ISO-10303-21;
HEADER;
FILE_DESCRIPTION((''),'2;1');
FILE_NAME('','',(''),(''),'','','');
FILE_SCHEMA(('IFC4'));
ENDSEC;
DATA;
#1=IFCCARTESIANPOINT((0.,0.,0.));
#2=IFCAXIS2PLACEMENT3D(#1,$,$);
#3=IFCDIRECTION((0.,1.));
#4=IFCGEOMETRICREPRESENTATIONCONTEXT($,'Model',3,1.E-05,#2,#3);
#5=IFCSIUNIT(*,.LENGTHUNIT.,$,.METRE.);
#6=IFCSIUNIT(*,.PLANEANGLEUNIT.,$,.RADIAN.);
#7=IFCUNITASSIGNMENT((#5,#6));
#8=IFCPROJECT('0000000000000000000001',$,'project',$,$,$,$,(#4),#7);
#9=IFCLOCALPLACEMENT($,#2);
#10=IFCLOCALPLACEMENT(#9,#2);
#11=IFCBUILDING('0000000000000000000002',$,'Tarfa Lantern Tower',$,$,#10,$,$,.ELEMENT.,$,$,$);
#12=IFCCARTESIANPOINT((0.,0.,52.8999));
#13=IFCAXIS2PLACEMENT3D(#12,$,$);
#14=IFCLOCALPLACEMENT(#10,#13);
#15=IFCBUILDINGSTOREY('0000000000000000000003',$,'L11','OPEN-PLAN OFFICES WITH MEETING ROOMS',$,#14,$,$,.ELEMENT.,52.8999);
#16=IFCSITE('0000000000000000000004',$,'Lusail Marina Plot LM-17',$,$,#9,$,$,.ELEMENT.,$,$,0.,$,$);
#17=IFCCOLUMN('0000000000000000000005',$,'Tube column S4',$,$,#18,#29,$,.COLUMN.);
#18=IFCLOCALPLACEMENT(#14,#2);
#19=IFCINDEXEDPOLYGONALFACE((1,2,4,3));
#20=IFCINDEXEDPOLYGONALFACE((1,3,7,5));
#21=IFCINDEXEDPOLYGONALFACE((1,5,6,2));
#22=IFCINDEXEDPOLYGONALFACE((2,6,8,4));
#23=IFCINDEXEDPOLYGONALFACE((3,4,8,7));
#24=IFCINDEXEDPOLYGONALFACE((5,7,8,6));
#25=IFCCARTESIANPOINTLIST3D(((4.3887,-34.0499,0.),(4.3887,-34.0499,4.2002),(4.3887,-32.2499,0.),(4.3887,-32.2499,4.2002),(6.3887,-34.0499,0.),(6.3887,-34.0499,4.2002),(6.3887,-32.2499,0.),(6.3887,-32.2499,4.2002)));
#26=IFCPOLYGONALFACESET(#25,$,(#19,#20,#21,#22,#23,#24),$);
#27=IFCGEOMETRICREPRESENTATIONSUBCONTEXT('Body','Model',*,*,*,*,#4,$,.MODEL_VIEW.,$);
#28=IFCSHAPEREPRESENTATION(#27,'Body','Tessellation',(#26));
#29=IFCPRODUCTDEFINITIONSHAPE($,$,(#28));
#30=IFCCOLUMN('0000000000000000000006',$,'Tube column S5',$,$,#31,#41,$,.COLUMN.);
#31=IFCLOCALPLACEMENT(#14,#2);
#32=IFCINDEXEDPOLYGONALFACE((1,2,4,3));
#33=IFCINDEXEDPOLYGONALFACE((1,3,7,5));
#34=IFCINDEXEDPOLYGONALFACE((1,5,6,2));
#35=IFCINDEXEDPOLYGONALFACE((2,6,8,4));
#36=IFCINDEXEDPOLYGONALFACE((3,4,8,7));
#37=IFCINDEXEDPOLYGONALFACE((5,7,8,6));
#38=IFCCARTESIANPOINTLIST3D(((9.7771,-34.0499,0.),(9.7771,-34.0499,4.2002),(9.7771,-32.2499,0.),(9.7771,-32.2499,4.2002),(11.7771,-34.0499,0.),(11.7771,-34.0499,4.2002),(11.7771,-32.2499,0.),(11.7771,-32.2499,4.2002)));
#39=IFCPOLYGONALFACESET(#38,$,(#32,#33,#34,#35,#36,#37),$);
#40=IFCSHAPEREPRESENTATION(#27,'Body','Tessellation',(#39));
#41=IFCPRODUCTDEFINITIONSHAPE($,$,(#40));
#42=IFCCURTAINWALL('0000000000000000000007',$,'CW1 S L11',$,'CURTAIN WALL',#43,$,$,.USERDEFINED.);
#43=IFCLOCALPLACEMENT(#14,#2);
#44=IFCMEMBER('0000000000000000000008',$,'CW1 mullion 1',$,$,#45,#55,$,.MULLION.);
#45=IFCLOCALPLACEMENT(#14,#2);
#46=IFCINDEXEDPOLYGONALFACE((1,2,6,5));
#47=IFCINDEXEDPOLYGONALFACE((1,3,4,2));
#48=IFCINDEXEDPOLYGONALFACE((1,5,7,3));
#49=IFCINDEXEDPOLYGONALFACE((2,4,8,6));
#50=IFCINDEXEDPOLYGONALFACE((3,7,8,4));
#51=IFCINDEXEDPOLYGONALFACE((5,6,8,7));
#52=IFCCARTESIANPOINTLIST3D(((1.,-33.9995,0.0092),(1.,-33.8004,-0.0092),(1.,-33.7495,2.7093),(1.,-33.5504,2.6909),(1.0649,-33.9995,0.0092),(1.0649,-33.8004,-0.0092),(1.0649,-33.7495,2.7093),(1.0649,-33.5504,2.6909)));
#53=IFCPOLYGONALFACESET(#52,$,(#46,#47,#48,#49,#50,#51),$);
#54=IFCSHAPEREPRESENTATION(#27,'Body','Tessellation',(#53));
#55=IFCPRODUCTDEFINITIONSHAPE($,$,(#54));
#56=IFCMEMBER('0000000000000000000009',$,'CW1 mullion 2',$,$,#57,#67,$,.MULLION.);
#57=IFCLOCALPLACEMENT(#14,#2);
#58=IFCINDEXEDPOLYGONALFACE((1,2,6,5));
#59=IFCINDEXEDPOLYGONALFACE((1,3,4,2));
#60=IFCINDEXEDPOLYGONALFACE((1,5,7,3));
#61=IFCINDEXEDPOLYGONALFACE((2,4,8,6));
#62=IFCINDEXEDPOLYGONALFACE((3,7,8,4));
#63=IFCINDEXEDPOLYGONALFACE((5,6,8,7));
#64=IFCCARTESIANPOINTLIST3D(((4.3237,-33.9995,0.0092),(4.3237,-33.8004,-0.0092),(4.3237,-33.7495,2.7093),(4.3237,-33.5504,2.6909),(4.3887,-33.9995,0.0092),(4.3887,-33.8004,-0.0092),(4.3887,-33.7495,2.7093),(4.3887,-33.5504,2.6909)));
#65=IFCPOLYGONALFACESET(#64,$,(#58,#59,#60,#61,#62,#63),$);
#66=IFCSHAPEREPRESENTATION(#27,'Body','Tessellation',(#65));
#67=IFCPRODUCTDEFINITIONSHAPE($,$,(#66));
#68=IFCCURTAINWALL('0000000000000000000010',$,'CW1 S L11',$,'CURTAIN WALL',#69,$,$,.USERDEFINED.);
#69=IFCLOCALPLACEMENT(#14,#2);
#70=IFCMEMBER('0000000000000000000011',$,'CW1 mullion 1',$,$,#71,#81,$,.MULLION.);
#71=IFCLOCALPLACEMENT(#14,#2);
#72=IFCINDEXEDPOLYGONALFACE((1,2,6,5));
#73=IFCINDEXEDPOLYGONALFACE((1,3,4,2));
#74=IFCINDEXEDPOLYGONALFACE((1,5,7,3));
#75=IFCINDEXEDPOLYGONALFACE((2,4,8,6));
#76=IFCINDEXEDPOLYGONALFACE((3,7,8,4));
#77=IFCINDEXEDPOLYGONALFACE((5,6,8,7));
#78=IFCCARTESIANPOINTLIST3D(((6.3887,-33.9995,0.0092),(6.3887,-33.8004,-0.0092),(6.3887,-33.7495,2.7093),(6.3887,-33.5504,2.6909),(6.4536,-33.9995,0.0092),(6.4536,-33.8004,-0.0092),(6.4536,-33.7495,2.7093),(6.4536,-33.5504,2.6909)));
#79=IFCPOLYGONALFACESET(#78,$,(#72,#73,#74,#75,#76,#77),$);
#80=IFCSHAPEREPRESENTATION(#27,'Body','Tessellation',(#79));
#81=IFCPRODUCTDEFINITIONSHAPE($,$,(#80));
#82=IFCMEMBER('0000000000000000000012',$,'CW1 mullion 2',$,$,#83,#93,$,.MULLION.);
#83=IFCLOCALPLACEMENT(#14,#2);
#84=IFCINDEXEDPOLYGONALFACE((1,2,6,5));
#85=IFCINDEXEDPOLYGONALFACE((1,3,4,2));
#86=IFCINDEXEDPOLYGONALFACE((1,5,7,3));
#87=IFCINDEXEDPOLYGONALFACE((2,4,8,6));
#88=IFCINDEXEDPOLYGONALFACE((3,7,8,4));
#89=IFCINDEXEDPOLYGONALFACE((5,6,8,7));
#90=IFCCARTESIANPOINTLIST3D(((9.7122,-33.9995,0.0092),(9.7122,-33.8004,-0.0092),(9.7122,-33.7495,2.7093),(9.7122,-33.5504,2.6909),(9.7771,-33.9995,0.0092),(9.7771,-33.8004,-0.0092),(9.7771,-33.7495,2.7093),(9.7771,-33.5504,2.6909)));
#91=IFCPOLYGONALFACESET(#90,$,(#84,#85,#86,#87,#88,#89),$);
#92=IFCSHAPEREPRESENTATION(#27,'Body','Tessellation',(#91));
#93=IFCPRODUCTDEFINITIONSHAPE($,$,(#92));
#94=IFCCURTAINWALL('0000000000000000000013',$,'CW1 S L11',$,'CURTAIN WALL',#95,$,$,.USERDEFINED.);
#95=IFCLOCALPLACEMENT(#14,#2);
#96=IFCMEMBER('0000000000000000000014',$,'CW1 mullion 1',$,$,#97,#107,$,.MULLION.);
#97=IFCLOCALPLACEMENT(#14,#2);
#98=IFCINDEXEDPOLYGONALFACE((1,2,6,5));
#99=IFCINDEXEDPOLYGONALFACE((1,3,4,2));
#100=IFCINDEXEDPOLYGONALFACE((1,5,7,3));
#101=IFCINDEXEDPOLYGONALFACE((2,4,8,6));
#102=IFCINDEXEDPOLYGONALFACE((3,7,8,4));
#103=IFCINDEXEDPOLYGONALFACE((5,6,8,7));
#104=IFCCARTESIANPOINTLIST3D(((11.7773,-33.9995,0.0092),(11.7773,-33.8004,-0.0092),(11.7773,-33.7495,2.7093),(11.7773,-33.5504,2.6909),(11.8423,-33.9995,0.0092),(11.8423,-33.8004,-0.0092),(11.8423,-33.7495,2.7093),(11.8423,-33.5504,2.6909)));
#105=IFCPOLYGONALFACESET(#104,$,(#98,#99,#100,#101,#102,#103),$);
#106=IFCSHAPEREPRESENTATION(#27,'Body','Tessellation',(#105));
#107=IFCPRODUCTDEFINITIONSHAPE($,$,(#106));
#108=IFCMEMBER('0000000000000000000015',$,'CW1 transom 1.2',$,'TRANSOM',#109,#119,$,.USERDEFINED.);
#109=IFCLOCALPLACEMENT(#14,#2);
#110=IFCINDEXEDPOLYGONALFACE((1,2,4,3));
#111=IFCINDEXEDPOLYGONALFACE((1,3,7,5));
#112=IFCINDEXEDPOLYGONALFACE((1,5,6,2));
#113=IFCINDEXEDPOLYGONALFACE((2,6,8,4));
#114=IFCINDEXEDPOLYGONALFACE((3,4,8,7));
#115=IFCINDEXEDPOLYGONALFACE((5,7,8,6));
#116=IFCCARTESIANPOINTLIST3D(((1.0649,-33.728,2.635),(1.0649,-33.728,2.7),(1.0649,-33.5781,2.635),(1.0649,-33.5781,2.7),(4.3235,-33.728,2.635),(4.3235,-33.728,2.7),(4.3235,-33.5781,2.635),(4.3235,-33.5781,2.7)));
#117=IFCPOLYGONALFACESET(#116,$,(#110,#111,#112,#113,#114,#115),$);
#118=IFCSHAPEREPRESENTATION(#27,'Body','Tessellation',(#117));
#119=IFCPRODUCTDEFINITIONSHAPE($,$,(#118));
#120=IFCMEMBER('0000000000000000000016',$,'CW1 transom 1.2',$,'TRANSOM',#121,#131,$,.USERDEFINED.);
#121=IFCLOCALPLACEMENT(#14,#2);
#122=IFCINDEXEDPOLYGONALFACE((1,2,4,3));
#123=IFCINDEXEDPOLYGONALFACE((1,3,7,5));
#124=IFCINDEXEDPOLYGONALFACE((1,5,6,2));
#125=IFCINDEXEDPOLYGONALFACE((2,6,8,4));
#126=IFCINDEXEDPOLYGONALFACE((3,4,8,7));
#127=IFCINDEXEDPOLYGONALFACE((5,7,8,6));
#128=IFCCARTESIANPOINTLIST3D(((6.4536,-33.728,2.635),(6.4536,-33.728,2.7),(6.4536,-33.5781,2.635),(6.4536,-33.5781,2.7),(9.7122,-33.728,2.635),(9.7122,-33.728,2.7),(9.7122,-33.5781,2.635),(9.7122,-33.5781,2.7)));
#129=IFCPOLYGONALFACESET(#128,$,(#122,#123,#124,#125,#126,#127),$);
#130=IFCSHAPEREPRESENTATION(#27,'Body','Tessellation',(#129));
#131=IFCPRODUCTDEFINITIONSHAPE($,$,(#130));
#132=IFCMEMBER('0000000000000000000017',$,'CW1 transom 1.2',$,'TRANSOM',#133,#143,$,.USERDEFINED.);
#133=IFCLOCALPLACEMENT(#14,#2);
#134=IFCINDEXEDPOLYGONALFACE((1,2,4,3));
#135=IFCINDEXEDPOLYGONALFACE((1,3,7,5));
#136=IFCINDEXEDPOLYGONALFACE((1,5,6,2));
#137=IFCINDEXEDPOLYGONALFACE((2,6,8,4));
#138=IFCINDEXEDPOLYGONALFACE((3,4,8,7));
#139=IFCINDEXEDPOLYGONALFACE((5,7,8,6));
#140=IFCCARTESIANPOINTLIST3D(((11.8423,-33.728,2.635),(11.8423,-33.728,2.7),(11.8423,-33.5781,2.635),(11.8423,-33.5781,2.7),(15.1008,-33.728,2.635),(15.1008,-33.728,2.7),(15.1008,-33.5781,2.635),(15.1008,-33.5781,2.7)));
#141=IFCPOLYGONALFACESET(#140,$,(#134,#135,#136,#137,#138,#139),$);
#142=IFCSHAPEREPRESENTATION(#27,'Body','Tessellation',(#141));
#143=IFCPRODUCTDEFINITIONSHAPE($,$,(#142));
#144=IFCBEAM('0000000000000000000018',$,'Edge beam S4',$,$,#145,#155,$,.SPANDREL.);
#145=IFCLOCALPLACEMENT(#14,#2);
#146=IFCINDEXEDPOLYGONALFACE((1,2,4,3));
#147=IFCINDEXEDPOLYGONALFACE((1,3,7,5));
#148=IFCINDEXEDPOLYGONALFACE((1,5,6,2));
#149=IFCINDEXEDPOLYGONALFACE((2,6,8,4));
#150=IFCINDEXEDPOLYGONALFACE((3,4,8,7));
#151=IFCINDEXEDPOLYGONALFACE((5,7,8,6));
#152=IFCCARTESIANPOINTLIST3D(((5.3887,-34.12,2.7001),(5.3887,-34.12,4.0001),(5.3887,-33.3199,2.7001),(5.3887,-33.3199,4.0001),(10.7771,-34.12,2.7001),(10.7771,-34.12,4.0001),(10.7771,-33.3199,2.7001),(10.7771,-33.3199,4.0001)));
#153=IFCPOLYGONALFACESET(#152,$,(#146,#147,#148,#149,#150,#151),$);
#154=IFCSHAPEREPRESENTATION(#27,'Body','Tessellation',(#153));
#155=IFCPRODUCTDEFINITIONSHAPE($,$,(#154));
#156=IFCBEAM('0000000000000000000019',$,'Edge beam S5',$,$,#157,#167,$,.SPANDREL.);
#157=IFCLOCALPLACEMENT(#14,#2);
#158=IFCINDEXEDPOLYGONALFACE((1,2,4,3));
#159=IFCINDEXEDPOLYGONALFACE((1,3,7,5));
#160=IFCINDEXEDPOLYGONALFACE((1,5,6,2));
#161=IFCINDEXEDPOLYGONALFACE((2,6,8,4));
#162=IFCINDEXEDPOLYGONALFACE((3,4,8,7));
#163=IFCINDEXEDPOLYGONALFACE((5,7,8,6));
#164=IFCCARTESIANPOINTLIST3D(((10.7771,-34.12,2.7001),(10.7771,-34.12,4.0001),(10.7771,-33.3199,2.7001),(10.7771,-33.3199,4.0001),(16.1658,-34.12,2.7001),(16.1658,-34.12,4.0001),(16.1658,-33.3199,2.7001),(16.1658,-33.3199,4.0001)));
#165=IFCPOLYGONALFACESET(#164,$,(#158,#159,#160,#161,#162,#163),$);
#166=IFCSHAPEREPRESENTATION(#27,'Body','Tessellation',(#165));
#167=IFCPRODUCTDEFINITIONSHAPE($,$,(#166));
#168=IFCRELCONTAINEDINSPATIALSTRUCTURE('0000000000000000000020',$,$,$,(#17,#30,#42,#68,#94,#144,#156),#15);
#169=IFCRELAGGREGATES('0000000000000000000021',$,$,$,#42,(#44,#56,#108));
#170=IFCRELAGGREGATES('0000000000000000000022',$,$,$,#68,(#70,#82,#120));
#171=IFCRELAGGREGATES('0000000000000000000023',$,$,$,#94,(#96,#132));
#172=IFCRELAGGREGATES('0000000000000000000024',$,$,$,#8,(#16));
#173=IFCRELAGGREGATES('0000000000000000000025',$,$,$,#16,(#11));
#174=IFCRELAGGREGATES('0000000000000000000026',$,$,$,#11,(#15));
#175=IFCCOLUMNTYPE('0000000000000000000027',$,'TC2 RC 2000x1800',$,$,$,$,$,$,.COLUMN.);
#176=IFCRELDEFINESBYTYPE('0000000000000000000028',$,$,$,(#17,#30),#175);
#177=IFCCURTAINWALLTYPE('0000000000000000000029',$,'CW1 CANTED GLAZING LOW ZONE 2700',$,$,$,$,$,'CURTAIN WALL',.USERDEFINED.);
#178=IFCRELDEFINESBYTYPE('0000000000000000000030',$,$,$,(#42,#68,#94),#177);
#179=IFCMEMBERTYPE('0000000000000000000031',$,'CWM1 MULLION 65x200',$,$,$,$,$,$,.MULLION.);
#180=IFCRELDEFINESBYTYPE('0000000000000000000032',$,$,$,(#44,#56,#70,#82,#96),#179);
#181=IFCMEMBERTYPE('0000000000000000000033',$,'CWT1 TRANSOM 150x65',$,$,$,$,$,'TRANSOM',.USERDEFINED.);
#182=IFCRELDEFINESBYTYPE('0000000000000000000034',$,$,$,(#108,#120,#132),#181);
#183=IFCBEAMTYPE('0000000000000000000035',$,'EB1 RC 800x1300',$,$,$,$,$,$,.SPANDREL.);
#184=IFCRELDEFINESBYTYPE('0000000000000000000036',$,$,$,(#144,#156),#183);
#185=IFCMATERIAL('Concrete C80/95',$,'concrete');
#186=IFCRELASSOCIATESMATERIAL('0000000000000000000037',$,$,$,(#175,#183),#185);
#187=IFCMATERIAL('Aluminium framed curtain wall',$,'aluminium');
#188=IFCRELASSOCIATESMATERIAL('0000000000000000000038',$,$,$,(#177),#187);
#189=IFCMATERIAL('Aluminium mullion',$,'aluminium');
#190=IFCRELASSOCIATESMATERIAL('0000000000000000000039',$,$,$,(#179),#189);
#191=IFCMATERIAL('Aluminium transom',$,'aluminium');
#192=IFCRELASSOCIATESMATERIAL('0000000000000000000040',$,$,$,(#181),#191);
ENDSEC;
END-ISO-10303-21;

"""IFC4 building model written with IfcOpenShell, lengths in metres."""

from ifc_helpers import new_model, si_unit, direction, frame, origin, origin_2d, place, context, subcontext, project, spatial, rectangle, extrude, material, material_profile, profile_set, type_object, element, aggregate, save


model = new_model("IFC4")

# Units and contexts
model_context = context("Model", 3, precision=1e-05, world=origin(), true_north=direction((0.0, 1.0)))
body_context = subcontext(model_context, "Body", "Model", "MODEL_VIEW")
ifc_project = project(units=[si_unit("LENGTHUNIT", "METRE"), si_unit("PLANEANGLEUNIT", "RADIAN")], contexts=[model_context])

# Site, building, storey
site_placement = place(None, origin())
site = spatial("IfcSite", under=ifc_project, at=site_placement, Name="Lusail Marina Plot LM-17", CompositionType="ELEMENT", RefElevation=0.0)
building_placement = place(site_placement, origin())
building = spatial("IfcBuilding", under=site, at=building_placement, Name="Tarfa Lantern Tower", CompositionType="ELEMENT")
storey_placement = place(building_placement, frame((0.0, 0.0, 52.8999)))
storey = spatial("IfcBuildingStorey", under=building, at=storey_placement, Name="L11", Description="OPEN-PLAN OFFICES WITH MEETING ROOMS", CompositionType="ELEMENT", Elevation=52.8999)

# Columns
ifc_material_1 = material(Name="Concrete C80/95", Category="concrete")
ifc_material_profile_1 = material_profile(ifc_material_1, rectangle(XDim=2.0, YDim=1.8, at=origin_2d()), Name="RC 2000x1800")
ifc_profile_set_1 = profile_set([ifc_material_profile_1], Name="Concrete C80/95")
column_type = type_object("IfcColumnType", Name="TC2 RC 2000x1800", PredefinedType="COLUMN", material=ifc_profile_set_1)
for number, where, z_axis, x_axis, name in (
    (1, (5.3887, -33.1499, 0.0), (0.0, 0.0, 1.0), (1.0, 0.0, 0.0), "Tube column S4"),
    (2, (10.7771, -33.1499, 0.0), (0.0, 0.0, 1.0), (1.0, 0.0, 0.0), "Tube column S5"),
):
    element("IfcColumn", number, at=place(storey_placement, frame(where, z_axis=z_axis, x_axis=x_axis)), inside=storey, type_object=column_type, Name=name, PredefinedType="COLUMN", context=body_context, shape_type="SweptSolid", body=[
        extrude(rectangle(XDim=2.0, YDim=1.8, at=origin_2d()), origin(), (0.0, 0.0, 1.0), 4.2002),
    ])

# Curtain walls, members
ifc_material_2 = material(Name="Aluminium framed curtain wall", Category="aluminium")
curtain_wall_type = type_object("IfcCurtainWallType", Name="CW1 CANTED GLAZING LOW ZONE 2700", ElementType="CURTAIN WALL", PredefinedType="USERDEFINED", material=ifc_material_2)
curtain_wall_1_placement = place(storey_placement, origin())
curtain_wall_1 = element("IfcCurtainWall", 3, at=curtain_wall_1_placement, inside=storey, type_object=curtain_wall_type, Name="CW1 S L11", ObjectType="CURTAIN WALL", PredefinedType="USERDEFINED")
ifc_material_3 = material(Name="Aluminium mullion", Category="aluminium")
ifc_material_profile_2 = material_profile(ifc_material_3, rectangle(XDim=0.0649, YDim=0.2, at=origin_2d()), Name="AL MULLION 65x200")
ifc_profile_set_2 = profile_set([ifc_material_profile_2], Name="Aluminium mullion")
member_type_1 = type_object("IfcMemberType", Name="CWM1 MULLION 65x200", PredefinedType="MULLION", material=ifc_profile_set_2)
member_1_placement = place(storey_placement, frame((1.0325, -33.8999, 0.0), z_axis=(0.0, 0.092192, 0.995741), x_axis=(-1.0, 0.0, 0.0)))
member_1 = element("IfcMember", 4, at=member_1_placement, type_object=member_type_1, Name="CW1 mullion 1", PredefinedType="MULLION", context=body_context, shape_type="SweptSolid", body=[
    extrude(rectangle(XDim=0.0649, YDim=0.2, at=origin_2d()), origin(), (0.0, 0.0, 1.0), 2.7117),
])
member_2_placement = place(storey_placement, frame((4.3562, -33.8999, 0.0), z_axis=(0.0, 0.092192, 0.995741), x_axis=(-1.0, 0.0, 0.0)))
member_2 = element("IfcMember", 5, at=member_2_placement, type_object=member_type_1, Name="CW1 mullion 2", PredefinedType="MULLION", context=body_context, shape_type="SweptSolid", body=[
    extrude(rectangle(XDim=0.0649, YDim=0.2, at=origin_2d()), origin(), (0.0, 0.0, 1.0), 2.7117),
])
curtain_wall_2_placement = place(storey_placement, origin())
curtain_wall_2 = element("IfcCurtainWall", 6, at=curtain_wall_2_placement, inside=storey, type_object=curtain_wall_type, Name="CW1 S L11", ObjectType="CURTAIN WALL", PredefinedType="USERDEFINED")
member_3_placement = place(storey_placement, frame((6.4211, -33.8999, 0.0), z_axis=(0.0, 0.092192, 0.995741), x_axis=(-1.0, 0.0, 0.0)))
member_3 = element("IfcMember", 7, at=member_3_placement, type_object=member_type_1, Name="CW1 mullion 1", PredefinedType="MULLION", context=body_context, shape_type="SweptSolid", body=[
    extrude(rectangle(XDim=0.0649, YDim=0.2, at=origin_2d()), origin(), (0.0, 0.0, 1.0), 2.7117),
])
member_4_placement = place(storey_placement, frame((9.7446, -33.8999, 0.0), z_axis=(0.0, 0.092192, 0.995741), x_axis=(-1.0, 0.0, 0.0)))
member_4 = element("IfcMember", 8, at=member_4_placement, type_object=member_type_1, Name="CW1 mullion 2", PredefinedType="MULLION", context=body_context, shape_type="SweptSolid", body=[
    extrude(rectangle(XDim=0.0649, YDim=0.2, at=origin_2d()), origin(), (0.0, 0.0, 1.0), 2.7117),
])

# Curtain wall, member
curtain_wall_3_placement = place(storey_placement, origin())
curtain_wall_3 = element("IfcCurtainWall", 9, at=curtain_wall_3_placement, inside=storey, type_object=curtain_wall_type, Name="CW1 S L11", ObjectType="CURTAIN WALL", PredefinedType="USERDEFINED")
member_5_placement = place(storey_placement, frame((11.8098, -33.8999, 0.0), z_axis=(0.0, 0.092192, 0.995741), x_axis=(-1.0, 0.0, 0.0)))
member_5 = element("IfcMember", 10, at=member_5_placement, type_object=member_type_1, Name="CW1 mullion 1", PredefinedType="MULLION", context=body_context, shape_type="SweptSolid", body=[
    extrude(rectangle(XDim=0.0649, YDim=0.2, at=origin_2d()), origin(), (0.0, 0.0, 1.0), 2.7117),
])

# Members
ifc_material_4 = material(Name="Aluminium transom", Category="aluminium")
ifc_material_profile_3 = material_profile(ifc_material_4, rectangle(XDim=0.1499, YDim=0.0649, at=origin_2d()), Name="AL TRANSOM 150x65")
ifc_profile_set_3 = profile_set([ifc_material_profile_3], Name="Aluminium transom")
member_type_2 = type_object("IfcMemberType", Name="CWT1 TRANSOM 150x65", ElementType="TRANSOM", PredefinedType="USERDEFINED", material=ifc_profile_set_3)
member_6_placement = place(storey_placement, frame((1.0649, -33.6531, 2.6675), z_axis=(1.0, 0.0, 0.0), x_axis=(0.0, 1.0, 0.0)))
member_6 = element("IfcMember", 11, at=member_6_placement, type_object=member_type_2, Name="CW1 transom 1.2", ObjectType="TRANSOM", PredefinedType="USERDEFINED", context=body_context, shape_type="SweptSolid", body=[
    extrude(rectangle(XDim=0.1499, YDim=0.0649, at=origin_2d()), origin(), (0.0, 0.0, 1.0), 3.2585),
])
member_7_placement = place(storey_placement, frame((6.4536, -33.6531, 2.6675), z_axis=(1.0, 0.0, 0.0), x_axis=(0.0, 1.0, 0.0)))
member_7 = element("IfcMember", 12, at=member_7_placement, type_object=member_type_2, Name="CW1 transom 1.2", ObjectType="TRANSOM", PredefinedType="USERDEFINED", context=body_context, shape_type="SweptSolid", body=[
    extrude(rectangle(XDim=0.1499, YDim=0.0649, at=origin_2d()), origin(), (0.0, 0.0, 1.0), 3.2585),
])
member_8_placement = place(storey_placement, frame((11.8423, -33.6531, 2.6675), z_axis=(1.0, 0.0, 0.0), x_axis=(0.0, 1.0, 0.0)))
member_8 = element("IfcMember", 13, at=member_8_placement, type_object=member_type_2, Name="CW1 transom 1.2", ObjectType="TRANSOM", PredefinedType="USERDEFINED", context=body_context, shape_type="SweptSolid", body=[
    extrude(rectangle(XDim=0.1499, YDim=0.0649, at=origin_2d()), origin(), (0.0, 0.0, 1.0), 3.2585),
])

# Beams
ifc_material_profile_4 = material_profile(ifc_material_1, rectangle(XDim=0.8, YDim=1.3, at=origin_2d()), Name="RC 800x1300")
ifc_profile_set_4 = profile_set([ifc_material_profile_4], Name="Concrete C80/95")
beam_type_1 = type_object("IfcBeamType", Name="EB1 RC 800x1300", PredefinedType="SPANDREL", material=ifc_profile_set_4)
beam_1_placement = place(storey_placement, frame((5.3887, -33.72, 3.3501), z_axis=(1.0, 0.0, 0.0), x_axis=(0.0, 1.0, 0.0)))
element("IfcBeam", 14, at=beam_1_placement, inside=storey, type_object=beam_type_1, Name="Edge beam S4", PredefinedType="SPANDREL", context=body_context, shape_type="SweptSolid", body=[
    extrude(rectangle(XDim=0.8, YDim=1.3, at=origin_2d()), origin(), (0.0, 0.0, 1.0), 5.3884),
])
beam_2_placement = place(storey_placement, frame((10.7771, -33.72, 3.3501), z_axis=(1.0, 0.0, 0.0), x_axis=(0.0, 1.0, 0.0)))
element("IfcBeam", 15, at=beam_2_placement, inside=storey, type_object=beam_type_1, Name="Edge beam S5", PredefinedType="SPANDREL", context=body_context, shape_type="SweptSolid", body=[
    extrude(rectangle(XDim=0.8, YDim=1.3, at=origin_2d()), origin(), (0.0, 0.0, 1.0), 5.3887),
])

aggregate(curtain_wall_1, [member_1, member_2, member_6])
aggregate(curtain_wall_2, [member_3, member_4, member_7])
aggregate(curtain_wall_3, [member_5, member_8])

save(model, "model.ifc")
